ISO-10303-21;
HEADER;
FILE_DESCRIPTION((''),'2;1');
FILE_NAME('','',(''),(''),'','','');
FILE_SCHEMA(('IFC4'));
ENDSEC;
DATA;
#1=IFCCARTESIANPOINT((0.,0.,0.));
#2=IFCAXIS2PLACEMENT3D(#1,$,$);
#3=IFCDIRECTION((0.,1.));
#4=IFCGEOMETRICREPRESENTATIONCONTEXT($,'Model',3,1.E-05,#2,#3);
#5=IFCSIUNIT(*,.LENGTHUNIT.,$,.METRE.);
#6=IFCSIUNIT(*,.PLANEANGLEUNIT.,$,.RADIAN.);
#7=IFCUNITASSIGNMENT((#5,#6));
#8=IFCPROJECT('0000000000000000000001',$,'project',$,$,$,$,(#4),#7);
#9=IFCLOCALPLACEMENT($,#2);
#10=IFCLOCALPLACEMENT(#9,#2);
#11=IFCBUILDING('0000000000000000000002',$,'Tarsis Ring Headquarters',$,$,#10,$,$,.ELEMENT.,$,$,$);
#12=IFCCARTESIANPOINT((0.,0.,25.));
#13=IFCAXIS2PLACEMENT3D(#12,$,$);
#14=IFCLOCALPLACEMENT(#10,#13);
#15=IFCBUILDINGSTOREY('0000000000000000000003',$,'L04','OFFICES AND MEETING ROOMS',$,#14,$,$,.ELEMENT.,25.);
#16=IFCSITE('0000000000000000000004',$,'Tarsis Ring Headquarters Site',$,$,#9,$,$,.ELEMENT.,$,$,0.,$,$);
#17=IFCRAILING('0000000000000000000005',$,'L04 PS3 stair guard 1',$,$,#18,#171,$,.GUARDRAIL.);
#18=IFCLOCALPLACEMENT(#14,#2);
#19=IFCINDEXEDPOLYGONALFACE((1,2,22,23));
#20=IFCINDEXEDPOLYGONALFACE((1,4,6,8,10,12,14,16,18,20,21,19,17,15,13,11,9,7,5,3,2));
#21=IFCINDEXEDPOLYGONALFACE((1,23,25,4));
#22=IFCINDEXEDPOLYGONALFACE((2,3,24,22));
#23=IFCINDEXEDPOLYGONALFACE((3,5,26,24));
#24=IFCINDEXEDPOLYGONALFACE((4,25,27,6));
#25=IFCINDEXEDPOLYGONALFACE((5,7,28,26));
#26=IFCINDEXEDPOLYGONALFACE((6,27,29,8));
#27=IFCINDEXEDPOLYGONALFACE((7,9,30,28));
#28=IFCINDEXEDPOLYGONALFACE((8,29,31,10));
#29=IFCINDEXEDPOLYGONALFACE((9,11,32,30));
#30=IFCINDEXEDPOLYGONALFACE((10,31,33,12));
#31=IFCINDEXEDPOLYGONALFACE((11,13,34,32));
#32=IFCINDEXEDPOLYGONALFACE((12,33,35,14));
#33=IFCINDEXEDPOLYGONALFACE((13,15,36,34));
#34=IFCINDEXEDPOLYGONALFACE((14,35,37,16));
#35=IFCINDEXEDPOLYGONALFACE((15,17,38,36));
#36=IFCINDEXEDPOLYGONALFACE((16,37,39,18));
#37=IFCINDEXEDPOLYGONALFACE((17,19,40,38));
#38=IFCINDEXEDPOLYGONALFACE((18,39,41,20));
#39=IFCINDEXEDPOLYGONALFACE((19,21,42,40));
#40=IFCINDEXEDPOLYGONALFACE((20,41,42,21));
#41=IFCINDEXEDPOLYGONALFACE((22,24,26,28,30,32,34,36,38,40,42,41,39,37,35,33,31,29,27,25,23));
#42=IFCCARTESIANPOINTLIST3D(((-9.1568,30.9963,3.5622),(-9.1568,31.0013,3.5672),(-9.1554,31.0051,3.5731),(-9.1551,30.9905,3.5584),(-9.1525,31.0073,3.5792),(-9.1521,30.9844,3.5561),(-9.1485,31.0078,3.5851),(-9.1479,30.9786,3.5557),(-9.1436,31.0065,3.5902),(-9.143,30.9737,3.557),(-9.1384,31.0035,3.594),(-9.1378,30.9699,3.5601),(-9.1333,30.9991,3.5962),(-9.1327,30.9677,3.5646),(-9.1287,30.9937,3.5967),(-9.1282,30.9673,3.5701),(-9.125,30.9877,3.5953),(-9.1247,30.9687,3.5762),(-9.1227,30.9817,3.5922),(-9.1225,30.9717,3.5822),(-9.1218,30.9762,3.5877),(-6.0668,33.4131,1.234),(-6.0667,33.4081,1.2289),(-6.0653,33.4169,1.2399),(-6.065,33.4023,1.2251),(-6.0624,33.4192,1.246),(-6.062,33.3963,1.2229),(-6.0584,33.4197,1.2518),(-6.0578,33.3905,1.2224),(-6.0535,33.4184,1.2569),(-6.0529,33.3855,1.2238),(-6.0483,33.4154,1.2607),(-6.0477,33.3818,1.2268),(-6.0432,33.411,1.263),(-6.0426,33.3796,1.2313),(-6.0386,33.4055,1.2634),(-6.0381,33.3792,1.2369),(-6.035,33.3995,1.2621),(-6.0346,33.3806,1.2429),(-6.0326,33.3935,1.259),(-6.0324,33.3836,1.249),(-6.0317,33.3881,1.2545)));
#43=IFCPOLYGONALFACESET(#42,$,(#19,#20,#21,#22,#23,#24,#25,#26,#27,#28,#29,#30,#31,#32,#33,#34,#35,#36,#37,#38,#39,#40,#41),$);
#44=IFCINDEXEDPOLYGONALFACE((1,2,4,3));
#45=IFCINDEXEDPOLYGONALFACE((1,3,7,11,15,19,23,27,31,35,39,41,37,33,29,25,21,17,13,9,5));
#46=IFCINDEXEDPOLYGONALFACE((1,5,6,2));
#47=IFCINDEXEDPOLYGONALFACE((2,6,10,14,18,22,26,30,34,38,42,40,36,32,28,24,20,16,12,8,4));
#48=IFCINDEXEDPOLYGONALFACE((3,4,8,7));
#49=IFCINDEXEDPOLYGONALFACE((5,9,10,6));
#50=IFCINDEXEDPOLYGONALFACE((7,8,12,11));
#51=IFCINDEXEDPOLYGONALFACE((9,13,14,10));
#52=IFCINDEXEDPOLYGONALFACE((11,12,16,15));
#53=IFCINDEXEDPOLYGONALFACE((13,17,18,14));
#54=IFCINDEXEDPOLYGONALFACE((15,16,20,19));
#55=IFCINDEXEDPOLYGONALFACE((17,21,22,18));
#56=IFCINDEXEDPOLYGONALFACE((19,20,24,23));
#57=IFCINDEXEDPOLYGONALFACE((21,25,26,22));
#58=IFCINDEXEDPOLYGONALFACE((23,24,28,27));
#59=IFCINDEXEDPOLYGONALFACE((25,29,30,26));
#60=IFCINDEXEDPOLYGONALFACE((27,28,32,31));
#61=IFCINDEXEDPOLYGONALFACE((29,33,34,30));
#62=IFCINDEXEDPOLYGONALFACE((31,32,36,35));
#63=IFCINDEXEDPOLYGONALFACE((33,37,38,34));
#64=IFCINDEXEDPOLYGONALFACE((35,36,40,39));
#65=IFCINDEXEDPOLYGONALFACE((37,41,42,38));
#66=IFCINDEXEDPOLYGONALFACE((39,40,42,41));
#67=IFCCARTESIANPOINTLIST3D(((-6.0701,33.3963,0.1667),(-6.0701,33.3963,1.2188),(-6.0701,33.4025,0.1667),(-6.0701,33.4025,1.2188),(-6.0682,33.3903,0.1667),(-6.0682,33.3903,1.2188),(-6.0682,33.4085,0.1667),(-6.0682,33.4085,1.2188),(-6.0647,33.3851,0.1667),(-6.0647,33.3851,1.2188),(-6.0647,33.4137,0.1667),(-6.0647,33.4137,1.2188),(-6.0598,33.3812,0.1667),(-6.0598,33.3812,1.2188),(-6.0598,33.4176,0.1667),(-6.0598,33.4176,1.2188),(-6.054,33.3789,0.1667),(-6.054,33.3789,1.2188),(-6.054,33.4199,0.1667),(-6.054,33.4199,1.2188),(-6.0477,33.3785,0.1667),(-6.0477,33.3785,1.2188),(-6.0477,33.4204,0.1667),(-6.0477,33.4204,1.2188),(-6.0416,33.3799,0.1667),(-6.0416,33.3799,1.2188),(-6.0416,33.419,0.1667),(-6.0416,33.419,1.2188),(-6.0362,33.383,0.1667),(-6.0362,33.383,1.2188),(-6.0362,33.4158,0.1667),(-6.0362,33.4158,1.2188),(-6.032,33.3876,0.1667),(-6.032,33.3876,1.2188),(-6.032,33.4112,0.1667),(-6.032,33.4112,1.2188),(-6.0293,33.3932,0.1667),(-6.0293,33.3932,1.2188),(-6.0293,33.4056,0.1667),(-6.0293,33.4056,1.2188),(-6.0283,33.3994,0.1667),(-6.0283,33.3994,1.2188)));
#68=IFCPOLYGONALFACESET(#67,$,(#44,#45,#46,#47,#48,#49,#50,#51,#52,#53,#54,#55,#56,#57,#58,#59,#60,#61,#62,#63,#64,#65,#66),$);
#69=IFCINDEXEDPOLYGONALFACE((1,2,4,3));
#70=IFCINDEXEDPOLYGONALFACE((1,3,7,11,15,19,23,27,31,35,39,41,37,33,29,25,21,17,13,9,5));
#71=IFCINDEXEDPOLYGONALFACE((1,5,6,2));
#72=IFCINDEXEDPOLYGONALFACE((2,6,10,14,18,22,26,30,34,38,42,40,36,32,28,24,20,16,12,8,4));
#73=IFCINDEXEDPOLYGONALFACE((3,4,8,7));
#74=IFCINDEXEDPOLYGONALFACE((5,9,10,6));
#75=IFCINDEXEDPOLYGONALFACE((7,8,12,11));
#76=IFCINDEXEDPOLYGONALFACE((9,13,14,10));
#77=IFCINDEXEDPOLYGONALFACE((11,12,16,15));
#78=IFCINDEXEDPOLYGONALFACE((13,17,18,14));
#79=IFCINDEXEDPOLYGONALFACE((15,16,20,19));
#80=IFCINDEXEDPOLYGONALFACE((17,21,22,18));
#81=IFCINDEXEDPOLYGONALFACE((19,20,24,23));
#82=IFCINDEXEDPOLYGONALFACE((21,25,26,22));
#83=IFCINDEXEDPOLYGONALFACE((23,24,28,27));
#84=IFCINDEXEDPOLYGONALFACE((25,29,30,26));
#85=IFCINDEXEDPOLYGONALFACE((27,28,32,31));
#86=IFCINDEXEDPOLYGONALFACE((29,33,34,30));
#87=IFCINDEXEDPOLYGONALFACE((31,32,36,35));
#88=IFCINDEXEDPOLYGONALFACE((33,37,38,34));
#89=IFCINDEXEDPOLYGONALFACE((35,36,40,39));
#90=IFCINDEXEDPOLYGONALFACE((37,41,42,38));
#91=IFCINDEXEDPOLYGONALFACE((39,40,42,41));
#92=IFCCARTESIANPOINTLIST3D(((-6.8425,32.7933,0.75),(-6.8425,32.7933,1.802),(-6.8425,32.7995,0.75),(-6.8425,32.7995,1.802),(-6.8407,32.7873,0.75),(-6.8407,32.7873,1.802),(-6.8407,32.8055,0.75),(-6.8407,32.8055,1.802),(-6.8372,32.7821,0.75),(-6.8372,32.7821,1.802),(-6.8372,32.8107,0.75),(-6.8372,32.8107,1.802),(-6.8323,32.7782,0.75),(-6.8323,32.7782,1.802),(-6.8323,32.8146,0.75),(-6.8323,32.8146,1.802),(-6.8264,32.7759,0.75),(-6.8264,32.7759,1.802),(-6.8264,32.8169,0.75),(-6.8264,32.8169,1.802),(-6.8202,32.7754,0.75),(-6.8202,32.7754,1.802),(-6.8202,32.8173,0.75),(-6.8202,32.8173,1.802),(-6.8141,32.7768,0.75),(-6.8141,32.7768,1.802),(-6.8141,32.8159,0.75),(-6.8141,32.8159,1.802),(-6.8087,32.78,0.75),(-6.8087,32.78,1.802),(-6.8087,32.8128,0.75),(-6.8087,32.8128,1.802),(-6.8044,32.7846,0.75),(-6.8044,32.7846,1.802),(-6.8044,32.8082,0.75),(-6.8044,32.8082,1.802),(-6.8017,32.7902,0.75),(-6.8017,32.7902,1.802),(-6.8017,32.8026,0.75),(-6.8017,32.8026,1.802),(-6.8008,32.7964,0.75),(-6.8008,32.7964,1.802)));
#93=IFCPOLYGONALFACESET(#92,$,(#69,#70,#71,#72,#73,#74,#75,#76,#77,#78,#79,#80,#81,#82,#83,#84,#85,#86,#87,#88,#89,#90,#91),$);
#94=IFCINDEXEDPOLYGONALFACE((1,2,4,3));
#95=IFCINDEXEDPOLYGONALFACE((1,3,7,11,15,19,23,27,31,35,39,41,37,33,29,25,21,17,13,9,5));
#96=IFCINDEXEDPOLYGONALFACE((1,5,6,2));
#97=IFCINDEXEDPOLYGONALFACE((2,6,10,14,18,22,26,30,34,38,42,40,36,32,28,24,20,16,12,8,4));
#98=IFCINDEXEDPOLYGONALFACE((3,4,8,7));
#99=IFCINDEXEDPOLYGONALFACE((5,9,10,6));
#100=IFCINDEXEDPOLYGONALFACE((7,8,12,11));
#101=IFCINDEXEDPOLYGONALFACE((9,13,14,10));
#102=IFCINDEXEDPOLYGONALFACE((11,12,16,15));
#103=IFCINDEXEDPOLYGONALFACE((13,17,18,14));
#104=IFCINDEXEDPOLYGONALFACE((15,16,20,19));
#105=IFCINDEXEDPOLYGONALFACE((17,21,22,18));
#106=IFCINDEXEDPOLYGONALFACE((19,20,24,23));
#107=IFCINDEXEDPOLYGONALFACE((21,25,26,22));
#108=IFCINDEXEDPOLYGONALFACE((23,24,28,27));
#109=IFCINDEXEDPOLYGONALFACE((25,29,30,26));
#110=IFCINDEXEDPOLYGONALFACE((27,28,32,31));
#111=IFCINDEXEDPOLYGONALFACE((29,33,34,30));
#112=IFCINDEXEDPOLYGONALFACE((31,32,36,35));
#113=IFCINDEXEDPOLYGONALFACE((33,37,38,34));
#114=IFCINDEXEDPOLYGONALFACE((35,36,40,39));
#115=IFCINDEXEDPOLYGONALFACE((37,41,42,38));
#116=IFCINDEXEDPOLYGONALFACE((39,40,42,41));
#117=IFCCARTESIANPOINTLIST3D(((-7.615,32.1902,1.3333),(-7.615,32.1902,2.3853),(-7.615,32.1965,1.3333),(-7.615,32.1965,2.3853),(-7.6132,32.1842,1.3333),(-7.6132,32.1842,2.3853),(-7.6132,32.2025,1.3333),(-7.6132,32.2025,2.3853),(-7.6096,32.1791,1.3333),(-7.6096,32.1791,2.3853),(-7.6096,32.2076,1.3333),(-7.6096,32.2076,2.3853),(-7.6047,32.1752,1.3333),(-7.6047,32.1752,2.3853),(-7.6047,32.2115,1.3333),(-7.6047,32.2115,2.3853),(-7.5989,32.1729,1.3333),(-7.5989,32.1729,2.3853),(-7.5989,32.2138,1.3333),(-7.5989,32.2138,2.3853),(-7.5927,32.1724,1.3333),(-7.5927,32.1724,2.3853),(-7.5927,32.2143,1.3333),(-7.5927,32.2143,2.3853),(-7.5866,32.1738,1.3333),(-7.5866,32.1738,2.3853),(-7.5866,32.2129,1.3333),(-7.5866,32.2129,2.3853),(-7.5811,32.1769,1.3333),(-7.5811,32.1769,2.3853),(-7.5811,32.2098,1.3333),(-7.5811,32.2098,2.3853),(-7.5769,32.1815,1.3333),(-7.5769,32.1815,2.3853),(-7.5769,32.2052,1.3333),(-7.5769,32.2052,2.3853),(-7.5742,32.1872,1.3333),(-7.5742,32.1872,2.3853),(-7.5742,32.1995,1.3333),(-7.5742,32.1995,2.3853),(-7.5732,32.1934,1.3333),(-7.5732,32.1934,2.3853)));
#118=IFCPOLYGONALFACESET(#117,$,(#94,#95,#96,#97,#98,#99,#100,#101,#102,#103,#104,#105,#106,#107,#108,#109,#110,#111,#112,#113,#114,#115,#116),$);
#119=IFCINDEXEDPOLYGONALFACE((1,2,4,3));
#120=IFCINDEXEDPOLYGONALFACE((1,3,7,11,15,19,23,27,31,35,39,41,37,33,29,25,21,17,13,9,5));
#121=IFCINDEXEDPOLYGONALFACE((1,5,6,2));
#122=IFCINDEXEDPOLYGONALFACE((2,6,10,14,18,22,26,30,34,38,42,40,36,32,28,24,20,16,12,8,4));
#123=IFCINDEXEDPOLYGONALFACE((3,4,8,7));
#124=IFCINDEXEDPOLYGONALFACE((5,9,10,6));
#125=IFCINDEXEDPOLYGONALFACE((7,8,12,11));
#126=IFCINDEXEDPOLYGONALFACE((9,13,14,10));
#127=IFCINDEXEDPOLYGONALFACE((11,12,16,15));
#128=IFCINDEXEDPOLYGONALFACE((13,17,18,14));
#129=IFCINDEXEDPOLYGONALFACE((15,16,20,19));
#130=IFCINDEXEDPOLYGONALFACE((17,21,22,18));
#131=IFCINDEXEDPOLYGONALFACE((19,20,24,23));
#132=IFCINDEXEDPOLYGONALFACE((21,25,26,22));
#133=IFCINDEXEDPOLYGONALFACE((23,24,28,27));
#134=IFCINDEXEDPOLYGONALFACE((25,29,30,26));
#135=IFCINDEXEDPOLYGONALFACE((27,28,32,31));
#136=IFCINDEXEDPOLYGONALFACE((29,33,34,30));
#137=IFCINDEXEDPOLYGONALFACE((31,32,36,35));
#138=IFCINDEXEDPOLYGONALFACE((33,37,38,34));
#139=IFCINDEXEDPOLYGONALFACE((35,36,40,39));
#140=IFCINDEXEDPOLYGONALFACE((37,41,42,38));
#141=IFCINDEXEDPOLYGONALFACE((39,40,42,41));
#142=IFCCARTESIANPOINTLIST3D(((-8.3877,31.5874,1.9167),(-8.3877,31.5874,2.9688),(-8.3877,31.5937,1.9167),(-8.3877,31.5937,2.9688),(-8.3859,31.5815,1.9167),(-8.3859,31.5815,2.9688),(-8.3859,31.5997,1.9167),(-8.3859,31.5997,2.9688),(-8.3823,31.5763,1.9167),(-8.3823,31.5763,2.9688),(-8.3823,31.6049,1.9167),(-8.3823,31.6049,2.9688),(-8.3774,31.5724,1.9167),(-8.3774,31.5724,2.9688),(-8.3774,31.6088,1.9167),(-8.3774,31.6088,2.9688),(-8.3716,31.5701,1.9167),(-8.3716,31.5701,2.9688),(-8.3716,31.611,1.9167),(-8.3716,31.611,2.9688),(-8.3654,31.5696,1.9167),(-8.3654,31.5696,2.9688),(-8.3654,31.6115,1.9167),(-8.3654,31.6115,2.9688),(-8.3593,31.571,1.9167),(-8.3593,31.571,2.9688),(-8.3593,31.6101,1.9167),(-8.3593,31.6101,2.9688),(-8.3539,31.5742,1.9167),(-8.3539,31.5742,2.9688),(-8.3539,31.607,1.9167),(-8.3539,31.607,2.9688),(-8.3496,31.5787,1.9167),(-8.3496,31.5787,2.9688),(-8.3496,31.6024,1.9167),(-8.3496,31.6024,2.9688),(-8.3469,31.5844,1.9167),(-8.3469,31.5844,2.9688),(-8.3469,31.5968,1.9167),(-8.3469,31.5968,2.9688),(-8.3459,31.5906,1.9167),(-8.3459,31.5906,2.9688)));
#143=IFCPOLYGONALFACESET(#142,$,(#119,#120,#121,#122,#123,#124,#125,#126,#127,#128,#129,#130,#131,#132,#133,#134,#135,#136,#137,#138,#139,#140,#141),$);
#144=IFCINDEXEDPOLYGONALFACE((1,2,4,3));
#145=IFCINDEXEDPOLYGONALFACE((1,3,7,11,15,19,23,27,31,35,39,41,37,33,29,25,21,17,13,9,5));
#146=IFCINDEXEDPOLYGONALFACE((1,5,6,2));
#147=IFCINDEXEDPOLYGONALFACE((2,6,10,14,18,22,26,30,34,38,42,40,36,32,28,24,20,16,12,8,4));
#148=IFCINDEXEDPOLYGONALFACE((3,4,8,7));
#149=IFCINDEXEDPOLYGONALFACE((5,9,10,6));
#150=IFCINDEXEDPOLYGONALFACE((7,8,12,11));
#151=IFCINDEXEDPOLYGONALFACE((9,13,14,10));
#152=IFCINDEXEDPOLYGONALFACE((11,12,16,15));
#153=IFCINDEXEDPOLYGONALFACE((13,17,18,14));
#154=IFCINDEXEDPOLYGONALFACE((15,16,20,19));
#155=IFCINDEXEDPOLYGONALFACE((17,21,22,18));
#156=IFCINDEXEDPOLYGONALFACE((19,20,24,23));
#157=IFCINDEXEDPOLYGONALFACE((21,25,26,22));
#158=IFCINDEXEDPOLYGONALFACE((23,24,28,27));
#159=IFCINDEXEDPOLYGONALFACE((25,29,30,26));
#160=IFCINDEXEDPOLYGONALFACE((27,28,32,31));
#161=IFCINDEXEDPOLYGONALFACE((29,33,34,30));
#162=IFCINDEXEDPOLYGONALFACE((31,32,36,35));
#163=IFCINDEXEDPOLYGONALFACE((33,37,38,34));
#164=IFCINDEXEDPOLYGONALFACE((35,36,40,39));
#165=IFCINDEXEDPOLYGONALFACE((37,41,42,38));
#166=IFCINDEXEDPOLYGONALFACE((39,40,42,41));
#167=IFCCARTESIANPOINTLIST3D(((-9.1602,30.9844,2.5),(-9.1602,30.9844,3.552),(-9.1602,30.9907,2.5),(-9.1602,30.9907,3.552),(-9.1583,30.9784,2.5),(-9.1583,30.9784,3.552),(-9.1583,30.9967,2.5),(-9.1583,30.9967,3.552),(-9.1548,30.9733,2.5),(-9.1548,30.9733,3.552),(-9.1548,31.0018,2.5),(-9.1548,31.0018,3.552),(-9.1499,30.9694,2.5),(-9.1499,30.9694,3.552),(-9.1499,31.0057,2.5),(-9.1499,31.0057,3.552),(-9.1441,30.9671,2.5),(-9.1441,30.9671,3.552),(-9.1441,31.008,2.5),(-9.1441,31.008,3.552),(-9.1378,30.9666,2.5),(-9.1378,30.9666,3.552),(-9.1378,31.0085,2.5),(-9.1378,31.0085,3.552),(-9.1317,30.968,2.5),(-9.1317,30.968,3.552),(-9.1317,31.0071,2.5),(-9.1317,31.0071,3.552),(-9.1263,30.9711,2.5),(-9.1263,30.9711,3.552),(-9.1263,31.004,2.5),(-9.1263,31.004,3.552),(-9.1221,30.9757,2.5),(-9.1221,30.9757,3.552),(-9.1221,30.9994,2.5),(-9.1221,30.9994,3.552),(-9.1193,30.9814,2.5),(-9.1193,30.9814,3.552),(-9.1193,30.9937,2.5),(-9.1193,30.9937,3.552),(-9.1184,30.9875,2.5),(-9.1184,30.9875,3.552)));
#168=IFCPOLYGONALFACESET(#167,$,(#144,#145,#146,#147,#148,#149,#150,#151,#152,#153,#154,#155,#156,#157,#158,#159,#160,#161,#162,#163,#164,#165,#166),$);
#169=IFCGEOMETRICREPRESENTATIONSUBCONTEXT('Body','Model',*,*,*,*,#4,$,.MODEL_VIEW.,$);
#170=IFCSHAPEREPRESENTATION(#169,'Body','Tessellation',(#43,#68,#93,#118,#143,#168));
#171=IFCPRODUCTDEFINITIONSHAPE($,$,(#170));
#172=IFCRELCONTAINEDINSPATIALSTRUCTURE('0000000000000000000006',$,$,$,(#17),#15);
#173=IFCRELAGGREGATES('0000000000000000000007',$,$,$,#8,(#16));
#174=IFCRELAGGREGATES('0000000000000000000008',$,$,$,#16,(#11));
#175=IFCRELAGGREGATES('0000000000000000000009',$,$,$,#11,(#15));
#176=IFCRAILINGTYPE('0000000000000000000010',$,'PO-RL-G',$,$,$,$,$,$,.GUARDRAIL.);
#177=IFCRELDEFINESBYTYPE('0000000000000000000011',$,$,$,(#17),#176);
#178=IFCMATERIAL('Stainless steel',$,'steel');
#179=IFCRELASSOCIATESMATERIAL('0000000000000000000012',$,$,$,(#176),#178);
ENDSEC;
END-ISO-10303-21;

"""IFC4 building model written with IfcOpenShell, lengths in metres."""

from ifc_helpers import new_model, si_unit, direction, frame, origin, origin_2d, place, context, subcontext, project, spatial, circle, extrude, material, type_object, element, save


model = new_model("IFC4")

# Units and contexts
model_context = context("Model", 3, precision=1e-05, world=origin(), true_north=direction((0.0, 1.0)))
body_context = subcontext(model_context, "Body", "Model", "MODEL_VIEW")
ifc_project = project(units=[si_unit("LENGTHUNIT", "METRE"), si_unit("PLANEANGLEUNIT", "RADIAN")], contexts=[model_context])

# Site, building, storey
site_placement = place(None, origin())
site = spatial("IfcSite", under=ifc_project, at=site_placement, Name="Tarsis Ring Headquarters Site", CompositionType="ELEMENT", RefElevation=0.0)
building_placement = place(site_placement, origin())
building = spatial("IfcBuilding", under=site, at=building_placement, Name="Tarsis Ring Headquarters", CompositionType="ELEMENT")
storey_placement = place(building_placement, frame((0.0, 0.0, 25.0)))
storey = spatial("IfcBuildingStorey", under=building, at=storey_placement, Name="L04", Description="OFFICES AND MEETING ROOMS", CompositionType="ELEMENT", Elevation=25.0)

# Railing
ifc_material_1 = material(Name="Stainless steel", Category="steel")
railing_type_1 = type_object("IfcRailingType", Name="PO-RL-G", PredefinedType="GUARDRAIL", material=ifc_material_1)
railing_1_placement = place(storey_placement, frame((-6.0493, 33.3994, 0.1667)))
element("IfcRailing", 1, at=railing_1_placement, inside=storey, type_object=railing_type_1, Name="L04 PS3 stair guard 1", PredefinedType="GUARDRAIL", context=body_context, shape_type="SweptSolid", body=[
    extrude(circle(Radius=0.0239, at=origin_2d()), frame((0.0, 0.0, 1.0762), z_axis=(-0.677387, -0.528712, 0.511479), x_axis=(0.615285, -0.788305, 0.0)), (0.0, 0.0, 1.0), 4.5618),
    extrude(circle(Radius=0.021, at=origin_2d()), origin(), (0.0, 0.0, 1.0), 1.052),
    extrude(circle(Radius=0.021, at=origin_2d()), frame((-0.7725, -0.603, 0.5833)), (0.0, 0.0, 1.0), 1.052),
    extrude(circle(Radius=0.021, at=origin_2d()), frame((-1.5449, -1.2061, 1.1665)), (0.0, 0.0, 1.0), 1.052),
    extrude(circle(Radius=0.021, at=origin_2d()), frame((-2.3176, -1.8088, 1.75)), (0.0, 0.0, 1.0), 1.052),
    extrude(circle(Radius=0.021, at=origin_2d()), frame((-3.0901, -2.4119, 2.3333)), (0.0, 0.0, 1.0), 1.052),
])

save(model, "model.ifc")
